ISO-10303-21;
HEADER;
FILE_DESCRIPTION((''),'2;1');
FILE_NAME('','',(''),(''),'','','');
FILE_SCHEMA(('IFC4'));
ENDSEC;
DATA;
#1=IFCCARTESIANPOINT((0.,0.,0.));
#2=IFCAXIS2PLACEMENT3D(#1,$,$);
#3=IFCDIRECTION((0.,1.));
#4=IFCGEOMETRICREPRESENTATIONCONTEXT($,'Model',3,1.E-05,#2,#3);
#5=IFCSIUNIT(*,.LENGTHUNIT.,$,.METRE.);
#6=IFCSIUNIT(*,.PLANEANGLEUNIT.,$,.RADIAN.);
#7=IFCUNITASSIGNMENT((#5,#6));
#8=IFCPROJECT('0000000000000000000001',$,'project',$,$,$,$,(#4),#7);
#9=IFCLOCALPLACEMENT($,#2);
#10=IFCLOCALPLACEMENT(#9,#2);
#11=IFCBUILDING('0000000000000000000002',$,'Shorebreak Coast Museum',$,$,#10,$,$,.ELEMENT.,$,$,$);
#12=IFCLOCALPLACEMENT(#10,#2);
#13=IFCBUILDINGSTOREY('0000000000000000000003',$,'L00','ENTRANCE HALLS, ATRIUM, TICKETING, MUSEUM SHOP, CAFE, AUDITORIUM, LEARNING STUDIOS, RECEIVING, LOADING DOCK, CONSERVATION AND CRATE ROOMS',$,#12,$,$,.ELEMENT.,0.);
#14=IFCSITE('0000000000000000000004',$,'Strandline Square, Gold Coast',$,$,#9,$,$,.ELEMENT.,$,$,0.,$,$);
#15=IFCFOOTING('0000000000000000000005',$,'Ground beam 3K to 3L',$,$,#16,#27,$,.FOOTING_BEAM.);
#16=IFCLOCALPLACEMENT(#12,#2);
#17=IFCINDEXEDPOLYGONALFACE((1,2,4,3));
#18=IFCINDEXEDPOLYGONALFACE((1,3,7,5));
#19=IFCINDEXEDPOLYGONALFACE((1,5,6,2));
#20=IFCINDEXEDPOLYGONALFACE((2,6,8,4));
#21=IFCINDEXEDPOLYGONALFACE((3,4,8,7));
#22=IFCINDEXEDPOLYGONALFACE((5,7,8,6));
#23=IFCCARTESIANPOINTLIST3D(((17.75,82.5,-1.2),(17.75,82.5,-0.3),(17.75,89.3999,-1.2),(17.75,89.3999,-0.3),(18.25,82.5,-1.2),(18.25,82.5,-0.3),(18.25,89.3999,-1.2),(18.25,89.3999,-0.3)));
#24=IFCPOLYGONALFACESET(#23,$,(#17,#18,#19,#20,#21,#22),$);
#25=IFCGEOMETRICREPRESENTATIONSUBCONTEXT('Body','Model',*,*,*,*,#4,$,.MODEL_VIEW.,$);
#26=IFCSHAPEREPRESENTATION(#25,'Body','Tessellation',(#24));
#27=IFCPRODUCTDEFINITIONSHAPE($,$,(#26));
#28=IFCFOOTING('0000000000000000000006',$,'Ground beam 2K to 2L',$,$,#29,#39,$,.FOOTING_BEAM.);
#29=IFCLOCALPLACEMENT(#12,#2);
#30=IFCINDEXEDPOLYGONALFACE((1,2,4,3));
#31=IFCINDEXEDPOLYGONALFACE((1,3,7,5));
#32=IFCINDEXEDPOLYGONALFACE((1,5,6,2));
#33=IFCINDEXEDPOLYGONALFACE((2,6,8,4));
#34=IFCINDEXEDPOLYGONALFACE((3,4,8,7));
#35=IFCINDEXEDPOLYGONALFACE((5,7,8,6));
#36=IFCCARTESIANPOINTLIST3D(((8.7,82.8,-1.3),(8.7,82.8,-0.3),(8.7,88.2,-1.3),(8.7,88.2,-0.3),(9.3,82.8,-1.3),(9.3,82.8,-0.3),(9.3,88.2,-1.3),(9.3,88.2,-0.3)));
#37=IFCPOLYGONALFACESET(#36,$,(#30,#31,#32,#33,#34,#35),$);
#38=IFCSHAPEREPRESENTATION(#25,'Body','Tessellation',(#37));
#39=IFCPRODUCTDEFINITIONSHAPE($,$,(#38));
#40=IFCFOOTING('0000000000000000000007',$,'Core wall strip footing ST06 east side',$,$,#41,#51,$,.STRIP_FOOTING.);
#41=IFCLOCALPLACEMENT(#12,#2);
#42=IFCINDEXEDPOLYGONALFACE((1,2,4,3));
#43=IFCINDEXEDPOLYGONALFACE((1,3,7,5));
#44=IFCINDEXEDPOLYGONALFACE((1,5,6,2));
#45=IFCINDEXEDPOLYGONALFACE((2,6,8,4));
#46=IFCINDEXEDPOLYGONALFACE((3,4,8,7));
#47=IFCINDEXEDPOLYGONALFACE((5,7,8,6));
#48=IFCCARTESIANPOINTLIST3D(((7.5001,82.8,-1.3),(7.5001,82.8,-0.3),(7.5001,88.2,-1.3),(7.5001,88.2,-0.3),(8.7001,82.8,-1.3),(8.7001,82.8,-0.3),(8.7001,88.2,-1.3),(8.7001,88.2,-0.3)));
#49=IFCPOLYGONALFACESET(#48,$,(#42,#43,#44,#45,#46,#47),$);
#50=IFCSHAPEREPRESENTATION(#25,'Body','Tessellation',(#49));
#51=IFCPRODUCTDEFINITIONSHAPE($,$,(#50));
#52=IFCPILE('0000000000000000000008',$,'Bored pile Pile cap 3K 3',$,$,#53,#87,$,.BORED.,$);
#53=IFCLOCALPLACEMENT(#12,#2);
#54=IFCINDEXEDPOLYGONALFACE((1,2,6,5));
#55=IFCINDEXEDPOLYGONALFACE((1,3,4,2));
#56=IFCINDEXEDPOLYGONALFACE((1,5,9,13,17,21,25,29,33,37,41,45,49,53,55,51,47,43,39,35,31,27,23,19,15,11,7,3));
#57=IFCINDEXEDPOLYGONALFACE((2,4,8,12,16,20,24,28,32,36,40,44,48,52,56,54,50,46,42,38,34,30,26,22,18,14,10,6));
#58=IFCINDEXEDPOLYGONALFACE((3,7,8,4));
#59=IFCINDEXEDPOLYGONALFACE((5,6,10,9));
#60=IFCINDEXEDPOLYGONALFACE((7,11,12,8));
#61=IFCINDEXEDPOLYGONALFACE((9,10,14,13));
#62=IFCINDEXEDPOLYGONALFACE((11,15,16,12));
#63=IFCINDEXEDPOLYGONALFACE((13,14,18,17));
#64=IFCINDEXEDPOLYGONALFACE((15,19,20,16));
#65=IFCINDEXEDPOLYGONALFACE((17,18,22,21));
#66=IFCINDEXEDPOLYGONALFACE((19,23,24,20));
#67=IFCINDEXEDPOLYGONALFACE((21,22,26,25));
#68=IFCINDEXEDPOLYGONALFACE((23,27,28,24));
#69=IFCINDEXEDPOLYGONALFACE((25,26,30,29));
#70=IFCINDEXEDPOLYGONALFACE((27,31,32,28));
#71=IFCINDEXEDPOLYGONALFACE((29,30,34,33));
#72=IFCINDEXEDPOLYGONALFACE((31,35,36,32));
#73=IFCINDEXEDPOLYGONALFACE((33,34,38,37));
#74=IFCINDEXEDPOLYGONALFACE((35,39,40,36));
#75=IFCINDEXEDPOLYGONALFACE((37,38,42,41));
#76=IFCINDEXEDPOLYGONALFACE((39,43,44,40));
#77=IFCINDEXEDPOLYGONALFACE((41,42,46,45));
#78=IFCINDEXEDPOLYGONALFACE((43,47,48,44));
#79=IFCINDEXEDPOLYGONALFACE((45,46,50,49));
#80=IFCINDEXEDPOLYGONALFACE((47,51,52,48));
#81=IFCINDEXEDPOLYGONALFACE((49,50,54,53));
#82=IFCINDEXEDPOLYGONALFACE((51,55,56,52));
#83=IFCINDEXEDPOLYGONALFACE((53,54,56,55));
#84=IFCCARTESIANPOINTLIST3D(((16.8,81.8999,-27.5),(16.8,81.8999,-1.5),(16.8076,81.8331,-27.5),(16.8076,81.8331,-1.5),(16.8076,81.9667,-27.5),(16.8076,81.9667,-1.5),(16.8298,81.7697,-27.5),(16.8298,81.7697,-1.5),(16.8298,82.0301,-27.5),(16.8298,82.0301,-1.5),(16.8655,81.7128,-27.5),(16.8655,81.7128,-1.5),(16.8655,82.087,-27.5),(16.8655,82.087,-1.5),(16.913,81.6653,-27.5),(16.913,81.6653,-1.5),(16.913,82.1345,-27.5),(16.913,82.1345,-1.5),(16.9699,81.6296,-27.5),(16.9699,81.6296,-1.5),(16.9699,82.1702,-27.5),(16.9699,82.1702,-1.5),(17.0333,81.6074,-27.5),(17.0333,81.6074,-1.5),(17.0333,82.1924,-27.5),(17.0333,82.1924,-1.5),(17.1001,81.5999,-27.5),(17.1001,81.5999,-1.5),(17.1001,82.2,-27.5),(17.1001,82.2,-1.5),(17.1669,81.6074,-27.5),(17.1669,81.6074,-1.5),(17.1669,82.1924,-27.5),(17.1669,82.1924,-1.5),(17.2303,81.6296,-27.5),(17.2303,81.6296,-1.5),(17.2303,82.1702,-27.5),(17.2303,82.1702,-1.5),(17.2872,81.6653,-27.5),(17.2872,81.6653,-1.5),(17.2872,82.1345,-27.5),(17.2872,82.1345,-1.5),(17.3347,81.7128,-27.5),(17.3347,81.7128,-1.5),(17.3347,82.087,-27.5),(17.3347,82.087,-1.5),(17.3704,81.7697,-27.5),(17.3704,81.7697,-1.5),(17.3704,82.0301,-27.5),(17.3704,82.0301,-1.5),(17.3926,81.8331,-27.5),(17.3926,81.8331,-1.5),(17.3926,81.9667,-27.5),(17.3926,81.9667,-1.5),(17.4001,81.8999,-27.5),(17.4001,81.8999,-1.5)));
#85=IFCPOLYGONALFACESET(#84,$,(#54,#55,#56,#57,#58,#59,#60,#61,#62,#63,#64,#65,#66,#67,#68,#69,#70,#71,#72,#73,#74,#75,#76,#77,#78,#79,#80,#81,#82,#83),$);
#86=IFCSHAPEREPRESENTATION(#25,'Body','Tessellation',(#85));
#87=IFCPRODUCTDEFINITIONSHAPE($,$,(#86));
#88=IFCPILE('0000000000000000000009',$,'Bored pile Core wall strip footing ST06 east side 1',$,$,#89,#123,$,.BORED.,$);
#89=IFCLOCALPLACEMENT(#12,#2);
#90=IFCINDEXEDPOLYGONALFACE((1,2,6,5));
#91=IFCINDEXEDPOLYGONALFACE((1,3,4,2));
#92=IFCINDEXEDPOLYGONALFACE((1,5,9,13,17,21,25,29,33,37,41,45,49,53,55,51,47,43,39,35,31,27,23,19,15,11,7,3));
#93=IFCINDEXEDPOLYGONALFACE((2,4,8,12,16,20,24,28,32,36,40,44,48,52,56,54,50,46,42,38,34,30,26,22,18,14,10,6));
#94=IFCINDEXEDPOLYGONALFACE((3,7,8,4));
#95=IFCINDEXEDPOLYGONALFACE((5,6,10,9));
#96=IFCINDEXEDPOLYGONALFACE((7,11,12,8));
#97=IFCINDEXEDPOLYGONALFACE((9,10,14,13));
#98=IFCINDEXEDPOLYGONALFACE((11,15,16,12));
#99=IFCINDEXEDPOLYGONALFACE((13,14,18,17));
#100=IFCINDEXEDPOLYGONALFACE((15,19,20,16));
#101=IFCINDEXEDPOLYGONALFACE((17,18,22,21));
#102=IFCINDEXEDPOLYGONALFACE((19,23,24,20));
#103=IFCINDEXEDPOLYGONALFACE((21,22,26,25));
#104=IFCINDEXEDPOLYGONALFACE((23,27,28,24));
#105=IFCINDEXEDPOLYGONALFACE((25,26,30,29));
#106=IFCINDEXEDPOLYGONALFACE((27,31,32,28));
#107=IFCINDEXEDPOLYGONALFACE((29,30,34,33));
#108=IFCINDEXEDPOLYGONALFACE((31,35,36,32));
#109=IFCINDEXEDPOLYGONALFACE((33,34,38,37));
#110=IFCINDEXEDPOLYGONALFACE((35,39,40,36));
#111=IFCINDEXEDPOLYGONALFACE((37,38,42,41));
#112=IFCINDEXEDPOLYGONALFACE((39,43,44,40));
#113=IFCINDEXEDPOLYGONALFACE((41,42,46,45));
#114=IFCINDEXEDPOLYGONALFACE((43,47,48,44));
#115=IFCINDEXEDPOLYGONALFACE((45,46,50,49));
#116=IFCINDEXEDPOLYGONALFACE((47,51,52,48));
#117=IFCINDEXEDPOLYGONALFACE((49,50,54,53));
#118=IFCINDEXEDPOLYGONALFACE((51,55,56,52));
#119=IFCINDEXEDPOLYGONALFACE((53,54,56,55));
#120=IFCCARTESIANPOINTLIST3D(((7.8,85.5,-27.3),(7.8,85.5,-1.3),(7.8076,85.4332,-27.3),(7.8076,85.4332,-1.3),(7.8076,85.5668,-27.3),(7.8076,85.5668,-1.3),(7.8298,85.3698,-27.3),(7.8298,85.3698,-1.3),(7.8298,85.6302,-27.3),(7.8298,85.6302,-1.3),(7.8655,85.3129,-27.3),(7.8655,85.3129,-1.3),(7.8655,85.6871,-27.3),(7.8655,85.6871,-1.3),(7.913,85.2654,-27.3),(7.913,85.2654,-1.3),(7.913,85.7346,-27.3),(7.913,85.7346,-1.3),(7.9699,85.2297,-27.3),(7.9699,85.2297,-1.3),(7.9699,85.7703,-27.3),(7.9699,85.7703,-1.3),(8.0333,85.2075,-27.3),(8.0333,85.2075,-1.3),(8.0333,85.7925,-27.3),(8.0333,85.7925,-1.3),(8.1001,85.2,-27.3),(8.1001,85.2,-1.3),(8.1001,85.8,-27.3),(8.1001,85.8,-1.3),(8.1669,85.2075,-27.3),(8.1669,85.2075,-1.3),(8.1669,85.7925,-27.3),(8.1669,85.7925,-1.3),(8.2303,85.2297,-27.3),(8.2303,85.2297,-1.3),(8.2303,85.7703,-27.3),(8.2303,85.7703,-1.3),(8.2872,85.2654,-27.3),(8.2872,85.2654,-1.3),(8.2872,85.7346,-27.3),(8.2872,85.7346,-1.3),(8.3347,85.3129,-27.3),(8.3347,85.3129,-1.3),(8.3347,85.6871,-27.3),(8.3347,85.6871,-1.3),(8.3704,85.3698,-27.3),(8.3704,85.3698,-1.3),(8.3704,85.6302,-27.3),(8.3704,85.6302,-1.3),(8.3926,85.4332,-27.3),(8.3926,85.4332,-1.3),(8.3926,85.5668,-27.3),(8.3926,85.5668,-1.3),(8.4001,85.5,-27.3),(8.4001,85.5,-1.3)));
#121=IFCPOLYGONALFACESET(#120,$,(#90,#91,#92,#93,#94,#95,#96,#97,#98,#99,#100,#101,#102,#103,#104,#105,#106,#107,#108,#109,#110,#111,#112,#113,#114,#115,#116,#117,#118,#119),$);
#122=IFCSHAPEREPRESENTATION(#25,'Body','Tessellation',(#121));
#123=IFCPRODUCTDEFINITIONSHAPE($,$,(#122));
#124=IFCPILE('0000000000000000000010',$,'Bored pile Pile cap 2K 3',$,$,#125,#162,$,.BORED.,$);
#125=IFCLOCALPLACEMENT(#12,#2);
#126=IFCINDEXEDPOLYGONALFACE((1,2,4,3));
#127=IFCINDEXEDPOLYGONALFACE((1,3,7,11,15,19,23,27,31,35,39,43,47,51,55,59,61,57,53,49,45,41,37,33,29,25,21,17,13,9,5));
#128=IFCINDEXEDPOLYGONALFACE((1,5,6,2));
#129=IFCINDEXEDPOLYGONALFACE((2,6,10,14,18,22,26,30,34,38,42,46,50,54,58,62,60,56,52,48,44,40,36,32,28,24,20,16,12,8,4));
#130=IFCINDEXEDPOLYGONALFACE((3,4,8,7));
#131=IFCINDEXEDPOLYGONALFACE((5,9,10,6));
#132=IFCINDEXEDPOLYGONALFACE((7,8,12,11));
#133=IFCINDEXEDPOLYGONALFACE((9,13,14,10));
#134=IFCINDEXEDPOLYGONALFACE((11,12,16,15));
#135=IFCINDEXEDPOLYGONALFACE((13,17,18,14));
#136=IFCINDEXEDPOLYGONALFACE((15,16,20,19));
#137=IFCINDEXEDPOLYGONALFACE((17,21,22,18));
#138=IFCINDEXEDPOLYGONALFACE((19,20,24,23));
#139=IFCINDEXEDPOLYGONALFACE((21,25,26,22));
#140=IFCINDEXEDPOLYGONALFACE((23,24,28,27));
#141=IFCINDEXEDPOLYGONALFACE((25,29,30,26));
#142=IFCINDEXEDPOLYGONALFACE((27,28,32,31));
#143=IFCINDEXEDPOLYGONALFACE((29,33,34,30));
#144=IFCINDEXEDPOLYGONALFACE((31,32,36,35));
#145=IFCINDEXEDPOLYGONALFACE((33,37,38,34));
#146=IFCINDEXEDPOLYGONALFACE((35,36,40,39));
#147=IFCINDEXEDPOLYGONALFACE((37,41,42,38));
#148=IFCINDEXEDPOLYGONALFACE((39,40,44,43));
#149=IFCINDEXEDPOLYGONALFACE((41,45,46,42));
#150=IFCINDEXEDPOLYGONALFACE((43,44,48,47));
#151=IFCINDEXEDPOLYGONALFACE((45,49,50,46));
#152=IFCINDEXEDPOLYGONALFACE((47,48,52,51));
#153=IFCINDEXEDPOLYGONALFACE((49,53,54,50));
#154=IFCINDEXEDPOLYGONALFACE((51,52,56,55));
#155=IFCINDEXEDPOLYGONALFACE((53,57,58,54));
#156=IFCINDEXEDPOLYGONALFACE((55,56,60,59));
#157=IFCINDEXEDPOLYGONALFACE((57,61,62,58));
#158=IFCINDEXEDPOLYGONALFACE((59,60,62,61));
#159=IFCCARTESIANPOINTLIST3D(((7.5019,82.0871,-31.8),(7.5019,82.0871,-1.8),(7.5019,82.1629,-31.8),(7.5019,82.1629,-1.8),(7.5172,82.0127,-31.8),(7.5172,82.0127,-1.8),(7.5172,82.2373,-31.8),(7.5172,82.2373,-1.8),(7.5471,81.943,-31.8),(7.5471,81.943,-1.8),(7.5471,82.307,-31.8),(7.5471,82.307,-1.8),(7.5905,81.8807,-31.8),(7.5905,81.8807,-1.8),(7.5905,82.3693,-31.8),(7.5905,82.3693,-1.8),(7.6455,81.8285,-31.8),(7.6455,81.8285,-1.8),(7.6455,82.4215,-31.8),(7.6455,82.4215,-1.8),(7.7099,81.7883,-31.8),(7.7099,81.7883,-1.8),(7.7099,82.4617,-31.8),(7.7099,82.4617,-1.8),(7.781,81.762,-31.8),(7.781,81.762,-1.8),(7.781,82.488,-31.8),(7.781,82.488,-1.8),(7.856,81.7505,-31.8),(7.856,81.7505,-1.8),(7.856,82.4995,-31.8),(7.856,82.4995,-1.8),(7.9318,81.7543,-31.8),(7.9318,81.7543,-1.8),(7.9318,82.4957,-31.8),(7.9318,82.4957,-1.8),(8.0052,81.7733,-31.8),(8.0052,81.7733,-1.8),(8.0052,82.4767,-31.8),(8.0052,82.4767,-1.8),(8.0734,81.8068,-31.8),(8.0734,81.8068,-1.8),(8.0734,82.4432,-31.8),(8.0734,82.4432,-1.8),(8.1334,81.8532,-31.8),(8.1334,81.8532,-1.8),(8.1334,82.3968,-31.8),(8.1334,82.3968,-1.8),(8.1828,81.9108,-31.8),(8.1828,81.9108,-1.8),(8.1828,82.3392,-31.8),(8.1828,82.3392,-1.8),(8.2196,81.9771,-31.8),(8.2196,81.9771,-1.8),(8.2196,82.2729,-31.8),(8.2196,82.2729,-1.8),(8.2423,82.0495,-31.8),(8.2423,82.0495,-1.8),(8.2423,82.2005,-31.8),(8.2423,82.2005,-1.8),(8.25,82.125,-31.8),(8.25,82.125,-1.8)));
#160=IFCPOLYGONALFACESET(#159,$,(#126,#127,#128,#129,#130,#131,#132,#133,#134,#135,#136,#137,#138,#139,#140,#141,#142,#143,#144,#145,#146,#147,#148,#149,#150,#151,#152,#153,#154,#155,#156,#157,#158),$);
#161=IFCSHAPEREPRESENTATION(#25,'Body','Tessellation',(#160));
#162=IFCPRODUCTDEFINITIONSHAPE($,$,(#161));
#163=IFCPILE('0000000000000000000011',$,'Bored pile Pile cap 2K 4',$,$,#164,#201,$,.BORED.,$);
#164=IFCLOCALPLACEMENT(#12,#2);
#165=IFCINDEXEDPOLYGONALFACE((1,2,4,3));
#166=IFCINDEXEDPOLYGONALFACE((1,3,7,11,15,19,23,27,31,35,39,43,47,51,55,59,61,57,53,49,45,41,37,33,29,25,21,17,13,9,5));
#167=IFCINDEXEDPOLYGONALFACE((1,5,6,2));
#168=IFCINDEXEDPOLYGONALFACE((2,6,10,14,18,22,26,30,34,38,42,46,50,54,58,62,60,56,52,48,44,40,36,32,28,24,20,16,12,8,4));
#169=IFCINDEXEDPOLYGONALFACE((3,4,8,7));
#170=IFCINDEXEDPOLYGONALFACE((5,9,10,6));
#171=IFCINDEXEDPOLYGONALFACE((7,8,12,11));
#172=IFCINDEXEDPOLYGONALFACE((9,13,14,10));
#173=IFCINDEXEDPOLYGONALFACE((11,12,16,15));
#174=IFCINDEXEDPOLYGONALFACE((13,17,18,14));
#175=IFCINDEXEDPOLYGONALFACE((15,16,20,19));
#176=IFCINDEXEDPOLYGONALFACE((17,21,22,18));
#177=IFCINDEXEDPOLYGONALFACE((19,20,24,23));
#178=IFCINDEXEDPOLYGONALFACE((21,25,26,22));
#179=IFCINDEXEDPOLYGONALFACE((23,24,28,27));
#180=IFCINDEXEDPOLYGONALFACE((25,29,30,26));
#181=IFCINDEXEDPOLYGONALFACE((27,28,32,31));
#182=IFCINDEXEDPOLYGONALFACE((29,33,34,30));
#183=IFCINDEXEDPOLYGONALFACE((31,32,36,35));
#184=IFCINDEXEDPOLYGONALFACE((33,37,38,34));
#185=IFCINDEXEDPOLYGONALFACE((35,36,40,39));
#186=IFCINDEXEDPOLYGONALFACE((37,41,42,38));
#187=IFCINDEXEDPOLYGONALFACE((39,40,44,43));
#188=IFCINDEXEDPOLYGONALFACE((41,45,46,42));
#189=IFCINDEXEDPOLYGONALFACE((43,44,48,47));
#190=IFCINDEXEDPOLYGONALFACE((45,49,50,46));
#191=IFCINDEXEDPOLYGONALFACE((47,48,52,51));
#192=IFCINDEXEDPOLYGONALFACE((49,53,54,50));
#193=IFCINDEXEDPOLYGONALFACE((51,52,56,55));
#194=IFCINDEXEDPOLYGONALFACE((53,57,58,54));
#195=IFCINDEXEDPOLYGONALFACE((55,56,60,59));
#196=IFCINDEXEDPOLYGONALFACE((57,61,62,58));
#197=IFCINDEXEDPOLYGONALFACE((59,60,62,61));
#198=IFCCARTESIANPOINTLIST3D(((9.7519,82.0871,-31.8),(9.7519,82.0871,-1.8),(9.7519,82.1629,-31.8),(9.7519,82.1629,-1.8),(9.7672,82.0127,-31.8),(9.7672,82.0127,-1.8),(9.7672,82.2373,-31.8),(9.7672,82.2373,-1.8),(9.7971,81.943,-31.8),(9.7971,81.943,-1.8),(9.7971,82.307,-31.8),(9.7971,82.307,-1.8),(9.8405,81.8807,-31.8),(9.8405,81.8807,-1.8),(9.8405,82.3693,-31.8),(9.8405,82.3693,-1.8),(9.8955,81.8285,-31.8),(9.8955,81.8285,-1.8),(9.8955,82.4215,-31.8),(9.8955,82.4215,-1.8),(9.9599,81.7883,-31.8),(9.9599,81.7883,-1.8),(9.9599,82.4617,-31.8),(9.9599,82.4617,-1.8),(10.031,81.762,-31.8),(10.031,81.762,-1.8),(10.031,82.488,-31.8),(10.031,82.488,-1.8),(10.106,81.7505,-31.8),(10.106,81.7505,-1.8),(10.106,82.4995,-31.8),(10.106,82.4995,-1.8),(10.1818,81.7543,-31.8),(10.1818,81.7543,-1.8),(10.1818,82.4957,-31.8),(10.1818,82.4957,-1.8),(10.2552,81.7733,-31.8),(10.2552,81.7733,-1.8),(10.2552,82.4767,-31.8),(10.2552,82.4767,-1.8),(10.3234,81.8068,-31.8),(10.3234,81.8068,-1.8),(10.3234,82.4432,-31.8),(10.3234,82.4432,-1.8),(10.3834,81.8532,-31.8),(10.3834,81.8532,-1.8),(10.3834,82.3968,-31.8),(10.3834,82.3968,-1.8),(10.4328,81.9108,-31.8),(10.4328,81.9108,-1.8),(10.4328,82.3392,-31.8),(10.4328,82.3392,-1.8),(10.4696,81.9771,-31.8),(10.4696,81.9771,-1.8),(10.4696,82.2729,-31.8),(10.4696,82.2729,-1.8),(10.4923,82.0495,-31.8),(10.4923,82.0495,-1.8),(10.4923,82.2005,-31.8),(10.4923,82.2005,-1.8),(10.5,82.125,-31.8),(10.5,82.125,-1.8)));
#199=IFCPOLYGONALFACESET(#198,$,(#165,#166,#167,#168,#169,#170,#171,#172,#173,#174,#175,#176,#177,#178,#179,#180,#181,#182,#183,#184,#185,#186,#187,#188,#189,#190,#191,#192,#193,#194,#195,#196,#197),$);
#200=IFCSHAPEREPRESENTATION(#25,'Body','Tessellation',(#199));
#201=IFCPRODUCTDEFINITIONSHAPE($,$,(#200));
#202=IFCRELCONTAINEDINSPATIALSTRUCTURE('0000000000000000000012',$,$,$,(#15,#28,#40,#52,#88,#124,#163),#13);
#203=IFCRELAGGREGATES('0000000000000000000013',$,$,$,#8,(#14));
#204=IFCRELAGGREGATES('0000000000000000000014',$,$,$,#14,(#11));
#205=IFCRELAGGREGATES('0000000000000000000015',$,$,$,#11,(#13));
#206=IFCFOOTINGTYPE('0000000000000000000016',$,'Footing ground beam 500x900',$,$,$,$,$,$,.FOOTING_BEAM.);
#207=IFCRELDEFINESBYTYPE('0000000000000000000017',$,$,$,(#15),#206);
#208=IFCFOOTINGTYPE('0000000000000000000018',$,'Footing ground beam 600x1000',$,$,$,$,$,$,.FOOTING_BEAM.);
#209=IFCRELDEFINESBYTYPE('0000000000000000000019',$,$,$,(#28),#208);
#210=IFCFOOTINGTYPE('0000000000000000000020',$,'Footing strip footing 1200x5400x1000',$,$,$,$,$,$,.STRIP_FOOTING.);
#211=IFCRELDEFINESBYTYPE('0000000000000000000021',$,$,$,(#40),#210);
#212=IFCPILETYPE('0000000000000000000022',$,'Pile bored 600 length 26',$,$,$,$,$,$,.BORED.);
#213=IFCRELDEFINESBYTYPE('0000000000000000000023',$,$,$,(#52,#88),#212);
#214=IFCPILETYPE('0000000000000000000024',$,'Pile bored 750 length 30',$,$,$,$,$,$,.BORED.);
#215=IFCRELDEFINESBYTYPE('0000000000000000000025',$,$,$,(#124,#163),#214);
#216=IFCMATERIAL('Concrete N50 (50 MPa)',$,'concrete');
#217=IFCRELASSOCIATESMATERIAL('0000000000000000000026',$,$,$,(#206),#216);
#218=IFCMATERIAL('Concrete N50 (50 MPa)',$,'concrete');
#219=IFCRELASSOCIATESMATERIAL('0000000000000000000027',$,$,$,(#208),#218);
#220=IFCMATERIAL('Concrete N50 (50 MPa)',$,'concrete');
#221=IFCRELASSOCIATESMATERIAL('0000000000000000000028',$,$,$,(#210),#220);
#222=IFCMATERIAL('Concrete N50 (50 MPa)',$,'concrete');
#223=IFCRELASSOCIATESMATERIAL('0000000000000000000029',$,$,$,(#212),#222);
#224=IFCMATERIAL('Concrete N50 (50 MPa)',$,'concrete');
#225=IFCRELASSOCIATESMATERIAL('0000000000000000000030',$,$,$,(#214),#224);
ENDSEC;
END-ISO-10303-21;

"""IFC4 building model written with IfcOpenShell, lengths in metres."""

from ifc_helpers import new_model, si_unit, direction, frame, origin, origin_2d, place, context, subcontext, project, spatial, rectangle, circle, extrude, material, material_profile, profile_set, type_object, element, save


model = new_model("IFC4")

# Units and contexts
model_context = context("Model", 3, precision=1e-05, world=origin(), true_north=direction((0.0, 1.0)))
body_context = subcontext(model_context, "Body", "Model", "MODEL_VIEW")
ifc_project = project(units=[si_unit("LENGTHUNIT", "METRE"), si_unit("PLANEANGLEUNIT", "RADIAN")], contexts=[model_context])

# Site, building, storey
site_placement = place(None, origin())
site = spatial("IfcSite", under=ifc_project, at=site_placement, Name="Strandline Square, Gold Coast", CompositionType="ELEMENT", RefElevation=0.0)
building_placement = place(site_placement, origin())
building = spatial("IfcBuilding", under=site, at=building_placement, Name="Shorebreak Coast Museum", CompositionType="ELEMENT")
storey_placement = place(building_placement, origin())
storey = spatial("IfcBuildingStorey", under=building, at=storey_placement, Name="L00", Description="ENTRANCE HALLS, ATRIUM, TICKETING, MUSEUM SHOP, CAFE, AUDITORIUM, LEARNING STUDIOS, RECEIVING, LOADING DOCK, CONSERVATION AND CRATE ROOMS", CompositionType="ELEMENT", Elevation=0.0)

# Footings
ifc_material_1 = material(Name="Concrete N50 (50 MPa)", Category="concrete")
footing_type_1 = type_object("IfcFootingType", Name="Footing ground beam 500x900", PredefinedType="FOOTING_BEAM", material=ifc_material_1)
footing_1_placement = place(storey_placement, frame((18.0, 85.95, -1.2), z_axis=(0.0, 0.0, 1.0), x_axis=(1.0, 0.0, 0.0)))
element("IfcFooting", 1, at=footing_1_placement, inside=storey, type_object=footing_type_1, Name="Ground beam 3K to 3L", PredefinedType="FOOTING_BEAM", context=body_context, shape_type="SweptSolid", body=[
    extrude(rectangle(XDim=0.5, YDim=6.8999, at=origin_2d()), origin(), (0.0, 0.0, 1.0), 0.8999),
])
ifc_material_2 = material(Name="Concrete N50 (50 MPa)", Category="concrete")
footing_type_2 = type_object("IfcFootingType", Name="Footing ground beam 600x1000", PredefinedType="FOOTING_BEAM", material=ifc_material_2)
footing_2_placement = place(storey_placement, frame((9.0, 85.5, -1.3), z_axis=(0.0, 0.0, 1.0), x_axis=(1.0, 0.0, 0.0)))
element("IfcFooting", 2, at=footing_2_placement, inside=storey, type_object=footing_type_2, Name="Ground beam 2K to 2L", PredefinedType="FOOTING_BEAM", context=body_context, shape_type="SweptSolid", body=[
    extrude(rectangle(XDim=0.6001, YDim=5.3999, at=origin_2d()), origin(), (0.0, 0.0, 1.0), 1.0),
])
ifc_material_3 = material(Name="Concrete N50 (50 MPa)", Category="concrete")
footing_type_3 = type_object("IfcFootingType", Name="Footing strip footing 1200x5400x1000", PredefinedType="STRIP_FOOTING", material=ifc_material_3)
footing_3_placement = place(storey_placement, frame((8.1001, 85.5, -1.3), z_axis=(0.0, 0.0, 1.0), x_axis=(1.0, 0.0, 0.0)))
element("IfcFooting", 3, at=footing_3_placement, inside=storey, type_object=footing_type_3, Name="Core wall strip footing ST06 east side", PredefinedType="STRIP_FOOTING", context=body_context, shape_type="SweptSolid", body=[
    extrude(rectangle(XDim=1.2, YDim=5.3999, at=origin_2d()), origin(), (0.0, 0.0, 1.0), 1.0),
])

# Piles
ifc_material_4 = material(Name="Concrete N50 (50 MPa)", Category="concrete")
ifc_material_profile_1 = material_profile(ifc_material_4, circle(Radius=0.3, at=origin_2d()), Name="Pile bored 600 length 26")
ifc_profile_set_1 = profile_set([ifc_material_profile_1], Name="Concrete N50 (50 MPa)")
pile_type_1 = type_object("IfcPileType", Name="Pile bored 600 length 26", PredefinedType="BORED", material=ifc_profile_set_1)
for number, where, z_axis, x_axis, name in (
    (4, (17.1001, 81.8999, -1.5), (0.0, 0.0, -1.0), (1.0, 0.0, 0.0), "Bored pile Pile cap 3K 3"),
    (5, (8.1001, 85.5, -1.3), (0.0, 0.0, -1.0), (1.0, 0.0, 0.0), "Bored pile Core wall strip footing ST06 east side 1"),
):
    element("IfcPile", number, at=place(storey_placement, frame(where, z_axis=z_axis, x_axis=x_axis)), inside=storey, type_object=pile_type_1, Name=name, PredefinedType="BORED", context=body_context, shape_type="SweptSolid", body=[
        extrude(circle(Radius=0.3, at=origin_2d()), origin(), (0.0, 0.0, 1.0), 26.0),
    ])
ifc_material_5 = material(Name="Concrete N50 (50 MPa)", Category="concrete")
ifc_material_profile_2 = material_profile(ifc_material_5, circle(Radius=0.375, at=origin_2d()), Name="Pile bored 750 length 30")
ifc_profile_set_2 = profile_set([ifc_material_profile_2], Name="Concrete N50 (50 MPa)")
pile_type_2 = type_object("IfcPileType", Name="Pile bored 750 length 30", PredefinedType="BORED", material=ifc_profile_set_2)
for number, where, z_axis, x_axis, name in (
    (6, (7.875, 82.125, -1.8), (0.0, 0.0, -1.0), (1.0, 0.0, 0.0), "Bored pile Pile cap 2K 3"),
    (7, (10.125, 82.125, -1.8), (0.0, 0.0, -1.0), (1.0, 0.0, 0.0), "Bored pile Pile cap 2K 4"),
):
    element("IfcPile", number, at=place(storey_placement, frame(where, z_axis=z_axis, x_axis=x_axis)), inside=storey, type_object=pile_type_2, Name=name, PredefinedType="BORED", context=body_context, shape_type="SweptSolid", body=[
        extrude(circle(Radius=0.375, at=origin_2d()), origin(), (0.0, 0.0, 1.0), 30.0),
    ])

save(model, "model.ifc")
